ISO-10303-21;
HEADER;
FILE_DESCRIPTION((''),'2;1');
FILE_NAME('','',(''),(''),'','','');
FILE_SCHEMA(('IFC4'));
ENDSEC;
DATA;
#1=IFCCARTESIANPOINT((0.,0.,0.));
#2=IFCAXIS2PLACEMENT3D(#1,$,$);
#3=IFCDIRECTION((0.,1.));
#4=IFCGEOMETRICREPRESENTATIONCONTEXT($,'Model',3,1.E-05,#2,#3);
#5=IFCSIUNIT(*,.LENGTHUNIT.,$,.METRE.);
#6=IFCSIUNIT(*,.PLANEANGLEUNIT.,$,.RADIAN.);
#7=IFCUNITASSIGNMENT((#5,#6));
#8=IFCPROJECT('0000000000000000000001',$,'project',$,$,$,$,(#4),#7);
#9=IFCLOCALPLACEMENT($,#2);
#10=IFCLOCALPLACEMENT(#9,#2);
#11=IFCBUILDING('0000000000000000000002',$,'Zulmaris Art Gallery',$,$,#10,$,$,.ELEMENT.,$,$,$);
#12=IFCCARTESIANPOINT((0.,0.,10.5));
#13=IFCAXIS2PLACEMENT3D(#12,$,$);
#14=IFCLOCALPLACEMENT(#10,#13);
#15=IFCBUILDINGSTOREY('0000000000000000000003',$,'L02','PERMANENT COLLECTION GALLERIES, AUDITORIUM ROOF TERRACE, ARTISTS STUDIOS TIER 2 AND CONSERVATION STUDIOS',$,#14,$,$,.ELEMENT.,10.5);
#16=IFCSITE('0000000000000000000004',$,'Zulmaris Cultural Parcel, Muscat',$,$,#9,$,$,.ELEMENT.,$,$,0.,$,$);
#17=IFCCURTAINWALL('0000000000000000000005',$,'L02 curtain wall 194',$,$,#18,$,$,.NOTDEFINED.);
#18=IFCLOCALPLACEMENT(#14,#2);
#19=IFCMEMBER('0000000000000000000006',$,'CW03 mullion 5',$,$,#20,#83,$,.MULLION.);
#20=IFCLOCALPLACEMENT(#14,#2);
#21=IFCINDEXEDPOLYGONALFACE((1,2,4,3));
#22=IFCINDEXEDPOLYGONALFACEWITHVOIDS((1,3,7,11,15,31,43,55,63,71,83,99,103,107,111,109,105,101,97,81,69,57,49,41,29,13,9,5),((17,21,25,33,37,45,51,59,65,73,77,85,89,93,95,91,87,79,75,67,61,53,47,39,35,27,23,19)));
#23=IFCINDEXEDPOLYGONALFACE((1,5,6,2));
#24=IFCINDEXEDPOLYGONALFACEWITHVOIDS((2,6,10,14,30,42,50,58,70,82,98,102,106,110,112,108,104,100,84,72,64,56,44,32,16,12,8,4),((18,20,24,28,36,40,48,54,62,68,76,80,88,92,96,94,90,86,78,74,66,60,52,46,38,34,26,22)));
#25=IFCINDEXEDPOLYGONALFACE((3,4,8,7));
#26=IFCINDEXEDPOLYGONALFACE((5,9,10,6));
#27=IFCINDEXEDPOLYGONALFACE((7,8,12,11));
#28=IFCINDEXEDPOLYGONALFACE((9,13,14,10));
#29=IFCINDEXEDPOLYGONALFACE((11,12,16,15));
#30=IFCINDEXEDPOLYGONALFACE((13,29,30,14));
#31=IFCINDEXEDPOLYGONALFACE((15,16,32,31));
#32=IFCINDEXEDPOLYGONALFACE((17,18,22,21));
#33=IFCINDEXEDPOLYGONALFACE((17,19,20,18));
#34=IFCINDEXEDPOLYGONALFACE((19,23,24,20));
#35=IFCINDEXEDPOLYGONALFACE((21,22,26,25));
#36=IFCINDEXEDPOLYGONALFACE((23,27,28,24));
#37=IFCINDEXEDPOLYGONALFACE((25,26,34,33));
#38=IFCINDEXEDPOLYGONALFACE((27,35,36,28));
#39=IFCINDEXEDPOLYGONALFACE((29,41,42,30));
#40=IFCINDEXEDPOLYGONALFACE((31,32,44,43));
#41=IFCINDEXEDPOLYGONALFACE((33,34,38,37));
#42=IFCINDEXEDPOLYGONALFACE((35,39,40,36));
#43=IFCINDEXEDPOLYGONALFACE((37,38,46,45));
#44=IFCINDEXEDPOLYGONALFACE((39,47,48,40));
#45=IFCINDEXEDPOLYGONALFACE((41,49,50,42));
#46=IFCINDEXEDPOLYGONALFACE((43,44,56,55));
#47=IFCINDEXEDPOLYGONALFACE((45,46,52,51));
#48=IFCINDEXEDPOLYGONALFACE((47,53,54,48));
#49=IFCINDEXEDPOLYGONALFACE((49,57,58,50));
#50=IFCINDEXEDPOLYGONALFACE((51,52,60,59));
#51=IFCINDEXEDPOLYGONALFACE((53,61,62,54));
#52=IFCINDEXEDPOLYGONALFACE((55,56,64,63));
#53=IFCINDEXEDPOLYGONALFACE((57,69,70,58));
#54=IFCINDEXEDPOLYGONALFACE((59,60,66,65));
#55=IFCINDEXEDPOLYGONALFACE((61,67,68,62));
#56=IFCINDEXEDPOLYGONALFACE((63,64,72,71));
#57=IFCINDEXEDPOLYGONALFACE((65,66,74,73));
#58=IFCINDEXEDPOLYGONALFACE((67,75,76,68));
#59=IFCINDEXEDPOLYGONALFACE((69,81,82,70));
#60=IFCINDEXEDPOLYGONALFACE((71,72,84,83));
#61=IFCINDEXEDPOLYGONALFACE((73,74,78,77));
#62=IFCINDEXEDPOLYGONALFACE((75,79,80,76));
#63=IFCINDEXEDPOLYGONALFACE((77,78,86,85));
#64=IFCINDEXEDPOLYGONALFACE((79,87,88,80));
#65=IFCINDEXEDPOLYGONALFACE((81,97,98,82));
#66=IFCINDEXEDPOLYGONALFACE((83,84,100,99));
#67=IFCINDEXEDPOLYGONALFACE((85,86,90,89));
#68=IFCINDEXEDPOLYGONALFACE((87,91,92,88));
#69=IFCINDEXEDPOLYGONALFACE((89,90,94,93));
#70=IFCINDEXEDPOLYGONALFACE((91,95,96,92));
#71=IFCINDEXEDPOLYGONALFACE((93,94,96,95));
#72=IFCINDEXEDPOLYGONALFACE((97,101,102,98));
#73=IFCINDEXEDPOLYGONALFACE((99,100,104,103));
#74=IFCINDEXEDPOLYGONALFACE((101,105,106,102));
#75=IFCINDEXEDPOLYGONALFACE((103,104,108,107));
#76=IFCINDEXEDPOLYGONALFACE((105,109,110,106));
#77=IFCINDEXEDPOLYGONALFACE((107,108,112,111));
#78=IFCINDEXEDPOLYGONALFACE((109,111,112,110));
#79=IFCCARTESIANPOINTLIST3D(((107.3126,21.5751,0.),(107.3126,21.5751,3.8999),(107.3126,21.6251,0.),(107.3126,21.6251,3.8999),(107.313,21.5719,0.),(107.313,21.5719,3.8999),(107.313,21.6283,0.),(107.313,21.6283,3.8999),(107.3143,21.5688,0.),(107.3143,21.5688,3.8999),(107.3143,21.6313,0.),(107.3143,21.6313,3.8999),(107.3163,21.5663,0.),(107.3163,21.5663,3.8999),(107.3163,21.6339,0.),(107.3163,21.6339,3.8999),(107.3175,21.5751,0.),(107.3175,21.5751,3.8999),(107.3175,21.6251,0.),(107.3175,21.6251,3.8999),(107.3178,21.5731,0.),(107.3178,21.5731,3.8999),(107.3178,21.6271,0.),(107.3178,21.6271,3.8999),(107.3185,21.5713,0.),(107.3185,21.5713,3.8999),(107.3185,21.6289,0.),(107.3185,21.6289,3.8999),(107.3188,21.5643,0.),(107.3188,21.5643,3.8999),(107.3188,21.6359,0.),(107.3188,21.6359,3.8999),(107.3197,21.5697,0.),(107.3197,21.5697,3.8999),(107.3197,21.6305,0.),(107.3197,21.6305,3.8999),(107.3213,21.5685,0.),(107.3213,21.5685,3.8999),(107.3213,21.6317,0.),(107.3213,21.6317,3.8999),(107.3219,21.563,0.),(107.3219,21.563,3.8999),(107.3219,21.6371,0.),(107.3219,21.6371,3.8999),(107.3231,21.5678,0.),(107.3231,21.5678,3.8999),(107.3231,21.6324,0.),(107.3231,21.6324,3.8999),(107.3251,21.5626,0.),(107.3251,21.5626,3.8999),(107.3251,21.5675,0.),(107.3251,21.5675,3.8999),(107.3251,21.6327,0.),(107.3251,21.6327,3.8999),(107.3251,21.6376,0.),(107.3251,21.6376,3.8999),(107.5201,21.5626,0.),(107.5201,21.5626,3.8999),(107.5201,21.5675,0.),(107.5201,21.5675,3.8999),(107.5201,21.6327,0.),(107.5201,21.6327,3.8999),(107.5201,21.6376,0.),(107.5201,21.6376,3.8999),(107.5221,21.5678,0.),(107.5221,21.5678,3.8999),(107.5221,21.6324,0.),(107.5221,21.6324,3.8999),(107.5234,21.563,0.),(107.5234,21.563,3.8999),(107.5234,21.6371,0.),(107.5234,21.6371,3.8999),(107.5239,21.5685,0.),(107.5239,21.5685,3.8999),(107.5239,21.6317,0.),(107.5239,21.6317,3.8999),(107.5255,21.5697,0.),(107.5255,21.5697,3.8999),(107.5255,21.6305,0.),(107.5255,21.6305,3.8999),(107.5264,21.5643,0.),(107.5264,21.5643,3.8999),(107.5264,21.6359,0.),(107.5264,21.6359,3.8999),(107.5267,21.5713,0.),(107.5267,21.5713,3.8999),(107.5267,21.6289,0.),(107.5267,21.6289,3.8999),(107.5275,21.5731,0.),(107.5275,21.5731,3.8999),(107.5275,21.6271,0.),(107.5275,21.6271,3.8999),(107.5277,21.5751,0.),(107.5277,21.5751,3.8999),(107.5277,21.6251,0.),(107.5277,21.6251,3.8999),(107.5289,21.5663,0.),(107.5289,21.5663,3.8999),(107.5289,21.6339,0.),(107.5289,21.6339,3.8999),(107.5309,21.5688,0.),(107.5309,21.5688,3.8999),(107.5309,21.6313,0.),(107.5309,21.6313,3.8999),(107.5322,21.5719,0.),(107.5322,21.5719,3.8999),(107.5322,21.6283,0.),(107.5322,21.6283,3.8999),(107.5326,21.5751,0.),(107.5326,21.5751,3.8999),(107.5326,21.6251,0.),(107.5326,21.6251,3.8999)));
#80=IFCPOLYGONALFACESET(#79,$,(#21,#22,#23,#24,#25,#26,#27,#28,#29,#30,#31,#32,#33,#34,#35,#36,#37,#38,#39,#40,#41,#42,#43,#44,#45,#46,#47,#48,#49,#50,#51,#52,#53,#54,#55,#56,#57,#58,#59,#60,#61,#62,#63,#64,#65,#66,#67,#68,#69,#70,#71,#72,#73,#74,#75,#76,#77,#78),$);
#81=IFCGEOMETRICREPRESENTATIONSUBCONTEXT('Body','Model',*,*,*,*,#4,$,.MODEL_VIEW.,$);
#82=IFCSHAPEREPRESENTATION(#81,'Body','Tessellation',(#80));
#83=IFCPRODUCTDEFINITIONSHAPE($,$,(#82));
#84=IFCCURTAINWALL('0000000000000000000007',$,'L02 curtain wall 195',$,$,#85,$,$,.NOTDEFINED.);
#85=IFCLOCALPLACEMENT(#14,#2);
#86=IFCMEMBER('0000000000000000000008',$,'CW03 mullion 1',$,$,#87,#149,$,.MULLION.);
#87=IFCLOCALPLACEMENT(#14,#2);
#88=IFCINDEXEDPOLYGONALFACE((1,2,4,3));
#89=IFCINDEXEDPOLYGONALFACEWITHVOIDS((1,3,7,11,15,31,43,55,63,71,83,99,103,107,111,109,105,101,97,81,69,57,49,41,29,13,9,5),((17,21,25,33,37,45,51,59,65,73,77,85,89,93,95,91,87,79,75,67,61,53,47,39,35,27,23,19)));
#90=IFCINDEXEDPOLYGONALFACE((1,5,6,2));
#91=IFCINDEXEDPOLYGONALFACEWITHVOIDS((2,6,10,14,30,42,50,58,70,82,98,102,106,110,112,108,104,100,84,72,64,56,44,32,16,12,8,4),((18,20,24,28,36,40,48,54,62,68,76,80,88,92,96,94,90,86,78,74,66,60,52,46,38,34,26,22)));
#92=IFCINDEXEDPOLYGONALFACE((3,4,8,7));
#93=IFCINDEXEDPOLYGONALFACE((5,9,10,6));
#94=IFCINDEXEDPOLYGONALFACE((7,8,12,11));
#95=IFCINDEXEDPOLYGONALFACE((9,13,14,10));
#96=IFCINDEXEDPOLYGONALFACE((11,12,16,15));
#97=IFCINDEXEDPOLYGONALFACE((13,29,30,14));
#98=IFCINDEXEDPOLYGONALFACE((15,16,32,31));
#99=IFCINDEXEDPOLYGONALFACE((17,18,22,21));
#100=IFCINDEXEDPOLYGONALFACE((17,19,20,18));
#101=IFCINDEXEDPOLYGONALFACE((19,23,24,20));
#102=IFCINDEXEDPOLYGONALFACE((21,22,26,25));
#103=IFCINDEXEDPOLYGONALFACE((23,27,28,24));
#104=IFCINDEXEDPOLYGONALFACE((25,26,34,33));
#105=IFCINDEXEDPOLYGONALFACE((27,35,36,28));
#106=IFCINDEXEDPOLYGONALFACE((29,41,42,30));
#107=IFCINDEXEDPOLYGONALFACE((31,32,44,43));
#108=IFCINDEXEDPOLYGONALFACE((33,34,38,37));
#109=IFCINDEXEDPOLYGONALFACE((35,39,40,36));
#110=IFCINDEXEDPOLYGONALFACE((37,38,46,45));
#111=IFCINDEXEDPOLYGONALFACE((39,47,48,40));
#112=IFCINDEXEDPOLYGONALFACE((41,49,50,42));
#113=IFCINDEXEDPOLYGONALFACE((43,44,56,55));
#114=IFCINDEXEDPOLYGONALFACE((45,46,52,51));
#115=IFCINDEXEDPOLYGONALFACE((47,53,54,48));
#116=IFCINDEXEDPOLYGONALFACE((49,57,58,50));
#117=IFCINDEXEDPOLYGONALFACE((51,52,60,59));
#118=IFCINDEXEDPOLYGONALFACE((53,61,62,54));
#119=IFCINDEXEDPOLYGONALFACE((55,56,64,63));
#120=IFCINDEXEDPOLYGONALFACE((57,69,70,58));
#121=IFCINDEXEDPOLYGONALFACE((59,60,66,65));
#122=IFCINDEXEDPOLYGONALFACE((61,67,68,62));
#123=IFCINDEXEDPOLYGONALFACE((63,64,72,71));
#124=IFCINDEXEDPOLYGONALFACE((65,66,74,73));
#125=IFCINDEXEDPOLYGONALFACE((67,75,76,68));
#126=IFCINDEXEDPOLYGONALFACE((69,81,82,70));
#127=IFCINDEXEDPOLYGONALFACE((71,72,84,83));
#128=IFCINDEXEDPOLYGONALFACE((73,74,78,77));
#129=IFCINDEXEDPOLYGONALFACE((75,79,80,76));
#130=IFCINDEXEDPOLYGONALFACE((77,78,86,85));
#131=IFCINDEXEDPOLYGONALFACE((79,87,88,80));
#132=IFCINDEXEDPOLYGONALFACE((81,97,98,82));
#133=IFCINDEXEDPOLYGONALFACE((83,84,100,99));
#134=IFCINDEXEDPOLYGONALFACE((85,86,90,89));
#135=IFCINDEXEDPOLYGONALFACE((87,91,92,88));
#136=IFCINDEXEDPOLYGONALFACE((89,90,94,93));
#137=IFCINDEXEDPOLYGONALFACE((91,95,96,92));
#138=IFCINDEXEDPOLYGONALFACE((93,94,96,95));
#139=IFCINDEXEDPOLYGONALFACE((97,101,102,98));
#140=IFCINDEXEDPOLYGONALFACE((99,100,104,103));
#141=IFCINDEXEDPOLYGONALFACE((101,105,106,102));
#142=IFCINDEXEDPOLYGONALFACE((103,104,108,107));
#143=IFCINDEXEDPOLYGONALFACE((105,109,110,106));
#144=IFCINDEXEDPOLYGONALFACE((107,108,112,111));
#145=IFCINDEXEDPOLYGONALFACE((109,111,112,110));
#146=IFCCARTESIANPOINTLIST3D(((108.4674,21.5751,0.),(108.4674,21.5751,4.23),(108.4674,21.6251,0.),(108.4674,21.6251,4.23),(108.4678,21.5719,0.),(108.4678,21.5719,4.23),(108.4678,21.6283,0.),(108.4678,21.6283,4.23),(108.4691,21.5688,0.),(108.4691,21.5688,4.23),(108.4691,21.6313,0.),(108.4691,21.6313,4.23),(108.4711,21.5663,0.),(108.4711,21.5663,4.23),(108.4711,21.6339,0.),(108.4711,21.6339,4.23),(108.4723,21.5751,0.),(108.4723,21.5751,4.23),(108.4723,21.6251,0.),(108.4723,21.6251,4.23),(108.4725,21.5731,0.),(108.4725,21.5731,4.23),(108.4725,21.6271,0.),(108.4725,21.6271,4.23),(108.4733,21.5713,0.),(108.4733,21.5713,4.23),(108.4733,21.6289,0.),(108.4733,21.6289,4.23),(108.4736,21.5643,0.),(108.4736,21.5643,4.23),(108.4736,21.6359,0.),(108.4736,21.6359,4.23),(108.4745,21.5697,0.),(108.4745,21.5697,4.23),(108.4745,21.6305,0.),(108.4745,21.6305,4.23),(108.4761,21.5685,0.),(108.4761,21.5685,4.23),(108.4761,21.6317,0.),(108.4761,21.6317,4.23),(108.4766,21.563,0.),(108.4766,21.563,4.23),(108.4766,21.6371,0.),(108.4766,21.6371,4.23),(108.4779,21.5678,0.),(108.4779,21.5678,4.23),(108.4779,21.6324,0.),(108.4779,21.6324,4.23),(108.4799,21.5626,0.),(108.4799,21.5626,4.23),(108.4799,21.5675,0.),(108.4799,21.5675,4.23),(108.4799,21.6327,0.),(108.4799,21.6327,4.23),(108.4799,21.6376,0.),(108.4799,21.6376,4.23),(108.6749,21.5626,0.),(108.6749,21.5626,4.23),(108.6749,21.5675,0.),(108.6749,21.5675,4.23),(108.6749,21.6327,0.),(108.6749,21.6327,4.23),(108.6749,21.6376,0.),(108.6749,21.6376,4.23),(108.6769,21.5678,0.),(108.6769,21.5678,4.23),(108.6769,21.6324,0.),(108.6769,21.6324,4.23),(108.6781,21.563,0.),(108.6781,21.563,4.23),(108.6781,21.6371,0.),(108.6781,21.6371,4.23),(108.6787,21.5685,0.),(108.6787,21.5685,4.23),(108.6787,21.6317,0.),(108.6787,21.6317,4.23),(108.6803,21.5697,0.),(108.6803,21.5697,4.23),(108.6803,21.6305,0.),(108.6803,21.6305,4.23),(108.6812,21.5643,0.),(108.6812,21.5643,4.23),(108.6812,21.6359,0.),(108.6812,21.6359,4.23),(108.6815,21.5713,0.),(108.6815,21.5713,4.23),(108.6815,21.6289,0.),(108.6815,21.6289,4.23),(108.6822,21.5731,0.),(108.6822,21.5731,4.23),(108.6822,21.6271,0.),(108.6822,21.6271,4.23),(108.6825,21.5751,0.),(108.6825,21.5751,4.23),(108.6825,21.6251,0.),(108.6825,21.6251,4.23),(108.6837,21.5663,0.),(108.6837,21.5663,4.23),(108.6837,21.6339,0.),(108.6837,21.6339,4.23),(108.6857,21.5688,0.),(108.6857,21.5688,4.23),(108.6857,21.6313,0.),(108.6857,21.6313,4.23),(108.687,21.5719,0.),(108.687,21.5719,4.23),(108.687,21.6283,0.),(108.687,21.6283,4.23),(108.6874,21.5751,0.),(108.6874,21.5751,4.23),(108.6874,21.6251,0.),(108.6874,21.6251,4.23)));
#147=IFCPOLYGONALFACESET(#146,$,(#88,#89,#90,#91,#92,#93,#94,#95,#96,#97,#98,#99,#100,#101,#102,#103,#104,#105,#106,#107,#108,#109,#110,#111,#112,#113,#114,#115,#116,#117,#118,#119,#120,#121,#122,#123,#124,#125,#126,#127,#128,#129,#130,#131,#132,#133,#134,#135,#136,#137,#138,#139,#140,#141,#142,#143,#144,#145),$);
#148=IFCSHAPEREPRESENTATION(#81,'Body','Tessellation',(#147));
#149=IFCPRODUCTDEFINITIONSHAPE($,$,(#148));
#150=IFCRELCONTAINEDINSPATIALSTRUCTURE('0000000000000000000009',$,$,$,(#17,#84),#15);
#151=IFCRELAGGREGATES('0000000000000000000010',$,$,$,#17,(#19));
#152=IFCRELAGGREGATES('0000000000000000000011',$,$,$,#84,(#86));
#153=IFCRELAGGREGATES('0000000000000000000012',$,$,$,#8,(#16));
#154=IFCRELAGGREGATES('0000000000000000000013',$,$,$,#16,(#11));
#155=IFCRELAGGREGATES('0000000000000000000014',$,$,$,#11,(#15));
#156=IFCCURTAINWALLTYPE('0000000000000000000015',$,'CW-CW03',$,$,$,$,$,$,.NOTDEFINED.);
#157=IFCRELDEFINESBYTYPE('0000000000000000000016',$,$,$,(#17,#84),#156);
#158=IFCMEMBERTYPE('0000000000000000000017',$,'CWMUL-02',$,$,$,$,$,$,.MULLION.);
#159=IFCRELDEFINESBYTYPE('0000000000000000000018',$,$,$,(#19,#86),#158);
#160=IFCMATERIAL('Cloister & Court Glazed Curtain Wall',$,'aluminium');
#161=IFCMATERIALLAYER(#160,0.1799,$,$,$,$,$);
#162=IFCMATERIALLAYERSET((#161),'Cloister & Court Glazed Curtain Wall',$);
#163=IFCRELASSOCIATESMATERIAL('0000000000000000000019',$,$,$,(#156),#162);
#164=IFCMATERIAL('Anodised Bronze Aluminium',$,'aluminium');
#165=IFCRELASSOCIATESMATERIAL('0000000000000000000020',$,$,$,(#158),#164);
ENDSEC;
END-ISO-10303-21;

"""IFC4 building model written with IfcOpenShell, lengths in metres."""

from ifc_helpers import new_model, si_unit, direction, frame, origin, origin_2d, place, context, subcontext, project, spatial, hollow_rectangle, extrude, material, layer, layer_set, material_profile, profile_set, type_object, element, aggregate, save


model = new_model("IFC4")

# Units and contexts
model_context = context("Model", 3, precision=1e-05, world=origin(), true_north=direction((0.0, 1.0)))
body_context = subcontext(model_context, "Body", "Model", "MODEL_VIEW")
ifc_project = project(units=[si_unit("LENGTHUNIT", "METRE"), si_unit("PLANEANGLEUNIT", "RADIAN")], contexts=[model_context])

# Site, building, storey
site_placement = place(None, origin())
site = spatial("IfcSite", under=ifc_project, at=site_placement, Name="Zulmaris Cultural Parcel, Muscat", CompositionType="ELEMENT", RefElevation=0.0)
building_placement = place(site_placement, origin())
building = spatial("IfcBuilding", under=site, at=building_placement, Name="Zulmaris Art Gallery", CompositionType="ELEMENT")
storey_placement = place(building_placement, frame((0.0, 0.0, 10.5)))
storey = spatial("IfcBuildingStorey", under=building, at=storey_placement, Name="L02", Description="PERMANENT COLLECTION GALLERIES, AUDITORIUM ROOF TERRACE, ARTISTS STUDIOS TIER 2 AND CONSERVATION STUDIOS", CompositionType="ELEMENT", Elevation=10.5)

# Shared definitions
ifc_material_1 = material(Name="Cloister & Court Glazed Curtain Wall", Category="aluminium")
ifc_layer_1 = layer(ifc_material_1, 0.1799)
ifc_layer_set_1 = layer_set([ifc_layer_1], Name="Cloister & Court Glazed Curtain Wall")
curtain_wall_type = type_object("IfcCurtainWallType", Name="CW-CW03", PredefinedType="NOTDEFINED", material=ifc_layer_set_1)
ifc_material_2 = material(Name="Anodised Bronze Aluminium", Category="aluminium")
ifc_material_profile_1 = material_profile(ifc_material_2, hollow_rectangle(XDim=0.075, YDim=0.22, WallThickness=0.0049, InnerFilletRadius=0.0076, OuterFilletRadius=0.0125, at=origin_2d()), Name="ALU 75x220x5")
ifc_profile_set_1 = profile_set([ifc_material_profile_1], Name="Anodised Bronze Aluminium")
member_type_1 = type_object("IfcMemberType", Name="CWMUL-02", PredefinedType="MULLION", material=ifc_profile_set_1)

# Curtain wall, member
curtain_wall_1_placement = place(storey_placement, origin())
curtain_wall_1 = element("IfcCurtainWall", 1, at=curtain_wall_1_placement, inside=storey, type_object=curtain_wall_type, Name="L02 curtain wall 194", PredefinedType="NOTDEFINED")
member_1_placement = place(storey_placement, frame((107.4226, 21.6001, 0.0), z_axis=(0.0, 0.0, 1.0), x_axis=(0.0, 1.0, 0.0)))
member_1 = element("IfcMember", 2, at=member_1_placement, type_object=member_type_1, Name="CW03 mullion 5", PredefinedType="MULLION", context=body_context, shape_type="SweptSolid", body=[
    extrude(hollow_rectangle(XDim=0.075, YDim=0.22, WallThickness=0.0049, InnerFilletRadius=0.0076, OuterFilletRadius=0.0125, at=origin_2d()), origin(), (0.0, 0.0, 1.0), 3.8999),
])
aggregate(curtain_wall_1, [member_1])

# Curtain wall, member
curtain_wall_2_placement = place(storey_placement, origin())
curtain_wall_2 = element("IfcCurtainWall", 3, at=curtain_wall_2_placement, inside=storey, type_object=curtain_wall_type, Name="L02 curtain wall 195", PredefinedType="NOTDEFINED")
member_2_placement = place(storey_placement, frame((108.5774, 21.6001, 0.0), z_axis=(0.0, 0.0, 1.0), x_axis=(0.0, 1.0, 0.0)))
member_2 = element("IfcMember", 4, at=member_2_placement, type_object=member_type_1, Name="CW03 mullion 1", PredefinedType="MULLION", context=body_context, shape_type="SweptSolid", body=[
    extrude(hollow_rectangle(XDim=0.075, YDim=0.22, WallThickness=0.0049, InnerFilletRadius=0.0076, OuterFilletRadius=0.0125, at=origin_2d()), origin(), (0.0, 0.0, 1.0), 4.23),
])

aggregate(curtain_wall_2, [member_2])

save(model, "model.ifc")
